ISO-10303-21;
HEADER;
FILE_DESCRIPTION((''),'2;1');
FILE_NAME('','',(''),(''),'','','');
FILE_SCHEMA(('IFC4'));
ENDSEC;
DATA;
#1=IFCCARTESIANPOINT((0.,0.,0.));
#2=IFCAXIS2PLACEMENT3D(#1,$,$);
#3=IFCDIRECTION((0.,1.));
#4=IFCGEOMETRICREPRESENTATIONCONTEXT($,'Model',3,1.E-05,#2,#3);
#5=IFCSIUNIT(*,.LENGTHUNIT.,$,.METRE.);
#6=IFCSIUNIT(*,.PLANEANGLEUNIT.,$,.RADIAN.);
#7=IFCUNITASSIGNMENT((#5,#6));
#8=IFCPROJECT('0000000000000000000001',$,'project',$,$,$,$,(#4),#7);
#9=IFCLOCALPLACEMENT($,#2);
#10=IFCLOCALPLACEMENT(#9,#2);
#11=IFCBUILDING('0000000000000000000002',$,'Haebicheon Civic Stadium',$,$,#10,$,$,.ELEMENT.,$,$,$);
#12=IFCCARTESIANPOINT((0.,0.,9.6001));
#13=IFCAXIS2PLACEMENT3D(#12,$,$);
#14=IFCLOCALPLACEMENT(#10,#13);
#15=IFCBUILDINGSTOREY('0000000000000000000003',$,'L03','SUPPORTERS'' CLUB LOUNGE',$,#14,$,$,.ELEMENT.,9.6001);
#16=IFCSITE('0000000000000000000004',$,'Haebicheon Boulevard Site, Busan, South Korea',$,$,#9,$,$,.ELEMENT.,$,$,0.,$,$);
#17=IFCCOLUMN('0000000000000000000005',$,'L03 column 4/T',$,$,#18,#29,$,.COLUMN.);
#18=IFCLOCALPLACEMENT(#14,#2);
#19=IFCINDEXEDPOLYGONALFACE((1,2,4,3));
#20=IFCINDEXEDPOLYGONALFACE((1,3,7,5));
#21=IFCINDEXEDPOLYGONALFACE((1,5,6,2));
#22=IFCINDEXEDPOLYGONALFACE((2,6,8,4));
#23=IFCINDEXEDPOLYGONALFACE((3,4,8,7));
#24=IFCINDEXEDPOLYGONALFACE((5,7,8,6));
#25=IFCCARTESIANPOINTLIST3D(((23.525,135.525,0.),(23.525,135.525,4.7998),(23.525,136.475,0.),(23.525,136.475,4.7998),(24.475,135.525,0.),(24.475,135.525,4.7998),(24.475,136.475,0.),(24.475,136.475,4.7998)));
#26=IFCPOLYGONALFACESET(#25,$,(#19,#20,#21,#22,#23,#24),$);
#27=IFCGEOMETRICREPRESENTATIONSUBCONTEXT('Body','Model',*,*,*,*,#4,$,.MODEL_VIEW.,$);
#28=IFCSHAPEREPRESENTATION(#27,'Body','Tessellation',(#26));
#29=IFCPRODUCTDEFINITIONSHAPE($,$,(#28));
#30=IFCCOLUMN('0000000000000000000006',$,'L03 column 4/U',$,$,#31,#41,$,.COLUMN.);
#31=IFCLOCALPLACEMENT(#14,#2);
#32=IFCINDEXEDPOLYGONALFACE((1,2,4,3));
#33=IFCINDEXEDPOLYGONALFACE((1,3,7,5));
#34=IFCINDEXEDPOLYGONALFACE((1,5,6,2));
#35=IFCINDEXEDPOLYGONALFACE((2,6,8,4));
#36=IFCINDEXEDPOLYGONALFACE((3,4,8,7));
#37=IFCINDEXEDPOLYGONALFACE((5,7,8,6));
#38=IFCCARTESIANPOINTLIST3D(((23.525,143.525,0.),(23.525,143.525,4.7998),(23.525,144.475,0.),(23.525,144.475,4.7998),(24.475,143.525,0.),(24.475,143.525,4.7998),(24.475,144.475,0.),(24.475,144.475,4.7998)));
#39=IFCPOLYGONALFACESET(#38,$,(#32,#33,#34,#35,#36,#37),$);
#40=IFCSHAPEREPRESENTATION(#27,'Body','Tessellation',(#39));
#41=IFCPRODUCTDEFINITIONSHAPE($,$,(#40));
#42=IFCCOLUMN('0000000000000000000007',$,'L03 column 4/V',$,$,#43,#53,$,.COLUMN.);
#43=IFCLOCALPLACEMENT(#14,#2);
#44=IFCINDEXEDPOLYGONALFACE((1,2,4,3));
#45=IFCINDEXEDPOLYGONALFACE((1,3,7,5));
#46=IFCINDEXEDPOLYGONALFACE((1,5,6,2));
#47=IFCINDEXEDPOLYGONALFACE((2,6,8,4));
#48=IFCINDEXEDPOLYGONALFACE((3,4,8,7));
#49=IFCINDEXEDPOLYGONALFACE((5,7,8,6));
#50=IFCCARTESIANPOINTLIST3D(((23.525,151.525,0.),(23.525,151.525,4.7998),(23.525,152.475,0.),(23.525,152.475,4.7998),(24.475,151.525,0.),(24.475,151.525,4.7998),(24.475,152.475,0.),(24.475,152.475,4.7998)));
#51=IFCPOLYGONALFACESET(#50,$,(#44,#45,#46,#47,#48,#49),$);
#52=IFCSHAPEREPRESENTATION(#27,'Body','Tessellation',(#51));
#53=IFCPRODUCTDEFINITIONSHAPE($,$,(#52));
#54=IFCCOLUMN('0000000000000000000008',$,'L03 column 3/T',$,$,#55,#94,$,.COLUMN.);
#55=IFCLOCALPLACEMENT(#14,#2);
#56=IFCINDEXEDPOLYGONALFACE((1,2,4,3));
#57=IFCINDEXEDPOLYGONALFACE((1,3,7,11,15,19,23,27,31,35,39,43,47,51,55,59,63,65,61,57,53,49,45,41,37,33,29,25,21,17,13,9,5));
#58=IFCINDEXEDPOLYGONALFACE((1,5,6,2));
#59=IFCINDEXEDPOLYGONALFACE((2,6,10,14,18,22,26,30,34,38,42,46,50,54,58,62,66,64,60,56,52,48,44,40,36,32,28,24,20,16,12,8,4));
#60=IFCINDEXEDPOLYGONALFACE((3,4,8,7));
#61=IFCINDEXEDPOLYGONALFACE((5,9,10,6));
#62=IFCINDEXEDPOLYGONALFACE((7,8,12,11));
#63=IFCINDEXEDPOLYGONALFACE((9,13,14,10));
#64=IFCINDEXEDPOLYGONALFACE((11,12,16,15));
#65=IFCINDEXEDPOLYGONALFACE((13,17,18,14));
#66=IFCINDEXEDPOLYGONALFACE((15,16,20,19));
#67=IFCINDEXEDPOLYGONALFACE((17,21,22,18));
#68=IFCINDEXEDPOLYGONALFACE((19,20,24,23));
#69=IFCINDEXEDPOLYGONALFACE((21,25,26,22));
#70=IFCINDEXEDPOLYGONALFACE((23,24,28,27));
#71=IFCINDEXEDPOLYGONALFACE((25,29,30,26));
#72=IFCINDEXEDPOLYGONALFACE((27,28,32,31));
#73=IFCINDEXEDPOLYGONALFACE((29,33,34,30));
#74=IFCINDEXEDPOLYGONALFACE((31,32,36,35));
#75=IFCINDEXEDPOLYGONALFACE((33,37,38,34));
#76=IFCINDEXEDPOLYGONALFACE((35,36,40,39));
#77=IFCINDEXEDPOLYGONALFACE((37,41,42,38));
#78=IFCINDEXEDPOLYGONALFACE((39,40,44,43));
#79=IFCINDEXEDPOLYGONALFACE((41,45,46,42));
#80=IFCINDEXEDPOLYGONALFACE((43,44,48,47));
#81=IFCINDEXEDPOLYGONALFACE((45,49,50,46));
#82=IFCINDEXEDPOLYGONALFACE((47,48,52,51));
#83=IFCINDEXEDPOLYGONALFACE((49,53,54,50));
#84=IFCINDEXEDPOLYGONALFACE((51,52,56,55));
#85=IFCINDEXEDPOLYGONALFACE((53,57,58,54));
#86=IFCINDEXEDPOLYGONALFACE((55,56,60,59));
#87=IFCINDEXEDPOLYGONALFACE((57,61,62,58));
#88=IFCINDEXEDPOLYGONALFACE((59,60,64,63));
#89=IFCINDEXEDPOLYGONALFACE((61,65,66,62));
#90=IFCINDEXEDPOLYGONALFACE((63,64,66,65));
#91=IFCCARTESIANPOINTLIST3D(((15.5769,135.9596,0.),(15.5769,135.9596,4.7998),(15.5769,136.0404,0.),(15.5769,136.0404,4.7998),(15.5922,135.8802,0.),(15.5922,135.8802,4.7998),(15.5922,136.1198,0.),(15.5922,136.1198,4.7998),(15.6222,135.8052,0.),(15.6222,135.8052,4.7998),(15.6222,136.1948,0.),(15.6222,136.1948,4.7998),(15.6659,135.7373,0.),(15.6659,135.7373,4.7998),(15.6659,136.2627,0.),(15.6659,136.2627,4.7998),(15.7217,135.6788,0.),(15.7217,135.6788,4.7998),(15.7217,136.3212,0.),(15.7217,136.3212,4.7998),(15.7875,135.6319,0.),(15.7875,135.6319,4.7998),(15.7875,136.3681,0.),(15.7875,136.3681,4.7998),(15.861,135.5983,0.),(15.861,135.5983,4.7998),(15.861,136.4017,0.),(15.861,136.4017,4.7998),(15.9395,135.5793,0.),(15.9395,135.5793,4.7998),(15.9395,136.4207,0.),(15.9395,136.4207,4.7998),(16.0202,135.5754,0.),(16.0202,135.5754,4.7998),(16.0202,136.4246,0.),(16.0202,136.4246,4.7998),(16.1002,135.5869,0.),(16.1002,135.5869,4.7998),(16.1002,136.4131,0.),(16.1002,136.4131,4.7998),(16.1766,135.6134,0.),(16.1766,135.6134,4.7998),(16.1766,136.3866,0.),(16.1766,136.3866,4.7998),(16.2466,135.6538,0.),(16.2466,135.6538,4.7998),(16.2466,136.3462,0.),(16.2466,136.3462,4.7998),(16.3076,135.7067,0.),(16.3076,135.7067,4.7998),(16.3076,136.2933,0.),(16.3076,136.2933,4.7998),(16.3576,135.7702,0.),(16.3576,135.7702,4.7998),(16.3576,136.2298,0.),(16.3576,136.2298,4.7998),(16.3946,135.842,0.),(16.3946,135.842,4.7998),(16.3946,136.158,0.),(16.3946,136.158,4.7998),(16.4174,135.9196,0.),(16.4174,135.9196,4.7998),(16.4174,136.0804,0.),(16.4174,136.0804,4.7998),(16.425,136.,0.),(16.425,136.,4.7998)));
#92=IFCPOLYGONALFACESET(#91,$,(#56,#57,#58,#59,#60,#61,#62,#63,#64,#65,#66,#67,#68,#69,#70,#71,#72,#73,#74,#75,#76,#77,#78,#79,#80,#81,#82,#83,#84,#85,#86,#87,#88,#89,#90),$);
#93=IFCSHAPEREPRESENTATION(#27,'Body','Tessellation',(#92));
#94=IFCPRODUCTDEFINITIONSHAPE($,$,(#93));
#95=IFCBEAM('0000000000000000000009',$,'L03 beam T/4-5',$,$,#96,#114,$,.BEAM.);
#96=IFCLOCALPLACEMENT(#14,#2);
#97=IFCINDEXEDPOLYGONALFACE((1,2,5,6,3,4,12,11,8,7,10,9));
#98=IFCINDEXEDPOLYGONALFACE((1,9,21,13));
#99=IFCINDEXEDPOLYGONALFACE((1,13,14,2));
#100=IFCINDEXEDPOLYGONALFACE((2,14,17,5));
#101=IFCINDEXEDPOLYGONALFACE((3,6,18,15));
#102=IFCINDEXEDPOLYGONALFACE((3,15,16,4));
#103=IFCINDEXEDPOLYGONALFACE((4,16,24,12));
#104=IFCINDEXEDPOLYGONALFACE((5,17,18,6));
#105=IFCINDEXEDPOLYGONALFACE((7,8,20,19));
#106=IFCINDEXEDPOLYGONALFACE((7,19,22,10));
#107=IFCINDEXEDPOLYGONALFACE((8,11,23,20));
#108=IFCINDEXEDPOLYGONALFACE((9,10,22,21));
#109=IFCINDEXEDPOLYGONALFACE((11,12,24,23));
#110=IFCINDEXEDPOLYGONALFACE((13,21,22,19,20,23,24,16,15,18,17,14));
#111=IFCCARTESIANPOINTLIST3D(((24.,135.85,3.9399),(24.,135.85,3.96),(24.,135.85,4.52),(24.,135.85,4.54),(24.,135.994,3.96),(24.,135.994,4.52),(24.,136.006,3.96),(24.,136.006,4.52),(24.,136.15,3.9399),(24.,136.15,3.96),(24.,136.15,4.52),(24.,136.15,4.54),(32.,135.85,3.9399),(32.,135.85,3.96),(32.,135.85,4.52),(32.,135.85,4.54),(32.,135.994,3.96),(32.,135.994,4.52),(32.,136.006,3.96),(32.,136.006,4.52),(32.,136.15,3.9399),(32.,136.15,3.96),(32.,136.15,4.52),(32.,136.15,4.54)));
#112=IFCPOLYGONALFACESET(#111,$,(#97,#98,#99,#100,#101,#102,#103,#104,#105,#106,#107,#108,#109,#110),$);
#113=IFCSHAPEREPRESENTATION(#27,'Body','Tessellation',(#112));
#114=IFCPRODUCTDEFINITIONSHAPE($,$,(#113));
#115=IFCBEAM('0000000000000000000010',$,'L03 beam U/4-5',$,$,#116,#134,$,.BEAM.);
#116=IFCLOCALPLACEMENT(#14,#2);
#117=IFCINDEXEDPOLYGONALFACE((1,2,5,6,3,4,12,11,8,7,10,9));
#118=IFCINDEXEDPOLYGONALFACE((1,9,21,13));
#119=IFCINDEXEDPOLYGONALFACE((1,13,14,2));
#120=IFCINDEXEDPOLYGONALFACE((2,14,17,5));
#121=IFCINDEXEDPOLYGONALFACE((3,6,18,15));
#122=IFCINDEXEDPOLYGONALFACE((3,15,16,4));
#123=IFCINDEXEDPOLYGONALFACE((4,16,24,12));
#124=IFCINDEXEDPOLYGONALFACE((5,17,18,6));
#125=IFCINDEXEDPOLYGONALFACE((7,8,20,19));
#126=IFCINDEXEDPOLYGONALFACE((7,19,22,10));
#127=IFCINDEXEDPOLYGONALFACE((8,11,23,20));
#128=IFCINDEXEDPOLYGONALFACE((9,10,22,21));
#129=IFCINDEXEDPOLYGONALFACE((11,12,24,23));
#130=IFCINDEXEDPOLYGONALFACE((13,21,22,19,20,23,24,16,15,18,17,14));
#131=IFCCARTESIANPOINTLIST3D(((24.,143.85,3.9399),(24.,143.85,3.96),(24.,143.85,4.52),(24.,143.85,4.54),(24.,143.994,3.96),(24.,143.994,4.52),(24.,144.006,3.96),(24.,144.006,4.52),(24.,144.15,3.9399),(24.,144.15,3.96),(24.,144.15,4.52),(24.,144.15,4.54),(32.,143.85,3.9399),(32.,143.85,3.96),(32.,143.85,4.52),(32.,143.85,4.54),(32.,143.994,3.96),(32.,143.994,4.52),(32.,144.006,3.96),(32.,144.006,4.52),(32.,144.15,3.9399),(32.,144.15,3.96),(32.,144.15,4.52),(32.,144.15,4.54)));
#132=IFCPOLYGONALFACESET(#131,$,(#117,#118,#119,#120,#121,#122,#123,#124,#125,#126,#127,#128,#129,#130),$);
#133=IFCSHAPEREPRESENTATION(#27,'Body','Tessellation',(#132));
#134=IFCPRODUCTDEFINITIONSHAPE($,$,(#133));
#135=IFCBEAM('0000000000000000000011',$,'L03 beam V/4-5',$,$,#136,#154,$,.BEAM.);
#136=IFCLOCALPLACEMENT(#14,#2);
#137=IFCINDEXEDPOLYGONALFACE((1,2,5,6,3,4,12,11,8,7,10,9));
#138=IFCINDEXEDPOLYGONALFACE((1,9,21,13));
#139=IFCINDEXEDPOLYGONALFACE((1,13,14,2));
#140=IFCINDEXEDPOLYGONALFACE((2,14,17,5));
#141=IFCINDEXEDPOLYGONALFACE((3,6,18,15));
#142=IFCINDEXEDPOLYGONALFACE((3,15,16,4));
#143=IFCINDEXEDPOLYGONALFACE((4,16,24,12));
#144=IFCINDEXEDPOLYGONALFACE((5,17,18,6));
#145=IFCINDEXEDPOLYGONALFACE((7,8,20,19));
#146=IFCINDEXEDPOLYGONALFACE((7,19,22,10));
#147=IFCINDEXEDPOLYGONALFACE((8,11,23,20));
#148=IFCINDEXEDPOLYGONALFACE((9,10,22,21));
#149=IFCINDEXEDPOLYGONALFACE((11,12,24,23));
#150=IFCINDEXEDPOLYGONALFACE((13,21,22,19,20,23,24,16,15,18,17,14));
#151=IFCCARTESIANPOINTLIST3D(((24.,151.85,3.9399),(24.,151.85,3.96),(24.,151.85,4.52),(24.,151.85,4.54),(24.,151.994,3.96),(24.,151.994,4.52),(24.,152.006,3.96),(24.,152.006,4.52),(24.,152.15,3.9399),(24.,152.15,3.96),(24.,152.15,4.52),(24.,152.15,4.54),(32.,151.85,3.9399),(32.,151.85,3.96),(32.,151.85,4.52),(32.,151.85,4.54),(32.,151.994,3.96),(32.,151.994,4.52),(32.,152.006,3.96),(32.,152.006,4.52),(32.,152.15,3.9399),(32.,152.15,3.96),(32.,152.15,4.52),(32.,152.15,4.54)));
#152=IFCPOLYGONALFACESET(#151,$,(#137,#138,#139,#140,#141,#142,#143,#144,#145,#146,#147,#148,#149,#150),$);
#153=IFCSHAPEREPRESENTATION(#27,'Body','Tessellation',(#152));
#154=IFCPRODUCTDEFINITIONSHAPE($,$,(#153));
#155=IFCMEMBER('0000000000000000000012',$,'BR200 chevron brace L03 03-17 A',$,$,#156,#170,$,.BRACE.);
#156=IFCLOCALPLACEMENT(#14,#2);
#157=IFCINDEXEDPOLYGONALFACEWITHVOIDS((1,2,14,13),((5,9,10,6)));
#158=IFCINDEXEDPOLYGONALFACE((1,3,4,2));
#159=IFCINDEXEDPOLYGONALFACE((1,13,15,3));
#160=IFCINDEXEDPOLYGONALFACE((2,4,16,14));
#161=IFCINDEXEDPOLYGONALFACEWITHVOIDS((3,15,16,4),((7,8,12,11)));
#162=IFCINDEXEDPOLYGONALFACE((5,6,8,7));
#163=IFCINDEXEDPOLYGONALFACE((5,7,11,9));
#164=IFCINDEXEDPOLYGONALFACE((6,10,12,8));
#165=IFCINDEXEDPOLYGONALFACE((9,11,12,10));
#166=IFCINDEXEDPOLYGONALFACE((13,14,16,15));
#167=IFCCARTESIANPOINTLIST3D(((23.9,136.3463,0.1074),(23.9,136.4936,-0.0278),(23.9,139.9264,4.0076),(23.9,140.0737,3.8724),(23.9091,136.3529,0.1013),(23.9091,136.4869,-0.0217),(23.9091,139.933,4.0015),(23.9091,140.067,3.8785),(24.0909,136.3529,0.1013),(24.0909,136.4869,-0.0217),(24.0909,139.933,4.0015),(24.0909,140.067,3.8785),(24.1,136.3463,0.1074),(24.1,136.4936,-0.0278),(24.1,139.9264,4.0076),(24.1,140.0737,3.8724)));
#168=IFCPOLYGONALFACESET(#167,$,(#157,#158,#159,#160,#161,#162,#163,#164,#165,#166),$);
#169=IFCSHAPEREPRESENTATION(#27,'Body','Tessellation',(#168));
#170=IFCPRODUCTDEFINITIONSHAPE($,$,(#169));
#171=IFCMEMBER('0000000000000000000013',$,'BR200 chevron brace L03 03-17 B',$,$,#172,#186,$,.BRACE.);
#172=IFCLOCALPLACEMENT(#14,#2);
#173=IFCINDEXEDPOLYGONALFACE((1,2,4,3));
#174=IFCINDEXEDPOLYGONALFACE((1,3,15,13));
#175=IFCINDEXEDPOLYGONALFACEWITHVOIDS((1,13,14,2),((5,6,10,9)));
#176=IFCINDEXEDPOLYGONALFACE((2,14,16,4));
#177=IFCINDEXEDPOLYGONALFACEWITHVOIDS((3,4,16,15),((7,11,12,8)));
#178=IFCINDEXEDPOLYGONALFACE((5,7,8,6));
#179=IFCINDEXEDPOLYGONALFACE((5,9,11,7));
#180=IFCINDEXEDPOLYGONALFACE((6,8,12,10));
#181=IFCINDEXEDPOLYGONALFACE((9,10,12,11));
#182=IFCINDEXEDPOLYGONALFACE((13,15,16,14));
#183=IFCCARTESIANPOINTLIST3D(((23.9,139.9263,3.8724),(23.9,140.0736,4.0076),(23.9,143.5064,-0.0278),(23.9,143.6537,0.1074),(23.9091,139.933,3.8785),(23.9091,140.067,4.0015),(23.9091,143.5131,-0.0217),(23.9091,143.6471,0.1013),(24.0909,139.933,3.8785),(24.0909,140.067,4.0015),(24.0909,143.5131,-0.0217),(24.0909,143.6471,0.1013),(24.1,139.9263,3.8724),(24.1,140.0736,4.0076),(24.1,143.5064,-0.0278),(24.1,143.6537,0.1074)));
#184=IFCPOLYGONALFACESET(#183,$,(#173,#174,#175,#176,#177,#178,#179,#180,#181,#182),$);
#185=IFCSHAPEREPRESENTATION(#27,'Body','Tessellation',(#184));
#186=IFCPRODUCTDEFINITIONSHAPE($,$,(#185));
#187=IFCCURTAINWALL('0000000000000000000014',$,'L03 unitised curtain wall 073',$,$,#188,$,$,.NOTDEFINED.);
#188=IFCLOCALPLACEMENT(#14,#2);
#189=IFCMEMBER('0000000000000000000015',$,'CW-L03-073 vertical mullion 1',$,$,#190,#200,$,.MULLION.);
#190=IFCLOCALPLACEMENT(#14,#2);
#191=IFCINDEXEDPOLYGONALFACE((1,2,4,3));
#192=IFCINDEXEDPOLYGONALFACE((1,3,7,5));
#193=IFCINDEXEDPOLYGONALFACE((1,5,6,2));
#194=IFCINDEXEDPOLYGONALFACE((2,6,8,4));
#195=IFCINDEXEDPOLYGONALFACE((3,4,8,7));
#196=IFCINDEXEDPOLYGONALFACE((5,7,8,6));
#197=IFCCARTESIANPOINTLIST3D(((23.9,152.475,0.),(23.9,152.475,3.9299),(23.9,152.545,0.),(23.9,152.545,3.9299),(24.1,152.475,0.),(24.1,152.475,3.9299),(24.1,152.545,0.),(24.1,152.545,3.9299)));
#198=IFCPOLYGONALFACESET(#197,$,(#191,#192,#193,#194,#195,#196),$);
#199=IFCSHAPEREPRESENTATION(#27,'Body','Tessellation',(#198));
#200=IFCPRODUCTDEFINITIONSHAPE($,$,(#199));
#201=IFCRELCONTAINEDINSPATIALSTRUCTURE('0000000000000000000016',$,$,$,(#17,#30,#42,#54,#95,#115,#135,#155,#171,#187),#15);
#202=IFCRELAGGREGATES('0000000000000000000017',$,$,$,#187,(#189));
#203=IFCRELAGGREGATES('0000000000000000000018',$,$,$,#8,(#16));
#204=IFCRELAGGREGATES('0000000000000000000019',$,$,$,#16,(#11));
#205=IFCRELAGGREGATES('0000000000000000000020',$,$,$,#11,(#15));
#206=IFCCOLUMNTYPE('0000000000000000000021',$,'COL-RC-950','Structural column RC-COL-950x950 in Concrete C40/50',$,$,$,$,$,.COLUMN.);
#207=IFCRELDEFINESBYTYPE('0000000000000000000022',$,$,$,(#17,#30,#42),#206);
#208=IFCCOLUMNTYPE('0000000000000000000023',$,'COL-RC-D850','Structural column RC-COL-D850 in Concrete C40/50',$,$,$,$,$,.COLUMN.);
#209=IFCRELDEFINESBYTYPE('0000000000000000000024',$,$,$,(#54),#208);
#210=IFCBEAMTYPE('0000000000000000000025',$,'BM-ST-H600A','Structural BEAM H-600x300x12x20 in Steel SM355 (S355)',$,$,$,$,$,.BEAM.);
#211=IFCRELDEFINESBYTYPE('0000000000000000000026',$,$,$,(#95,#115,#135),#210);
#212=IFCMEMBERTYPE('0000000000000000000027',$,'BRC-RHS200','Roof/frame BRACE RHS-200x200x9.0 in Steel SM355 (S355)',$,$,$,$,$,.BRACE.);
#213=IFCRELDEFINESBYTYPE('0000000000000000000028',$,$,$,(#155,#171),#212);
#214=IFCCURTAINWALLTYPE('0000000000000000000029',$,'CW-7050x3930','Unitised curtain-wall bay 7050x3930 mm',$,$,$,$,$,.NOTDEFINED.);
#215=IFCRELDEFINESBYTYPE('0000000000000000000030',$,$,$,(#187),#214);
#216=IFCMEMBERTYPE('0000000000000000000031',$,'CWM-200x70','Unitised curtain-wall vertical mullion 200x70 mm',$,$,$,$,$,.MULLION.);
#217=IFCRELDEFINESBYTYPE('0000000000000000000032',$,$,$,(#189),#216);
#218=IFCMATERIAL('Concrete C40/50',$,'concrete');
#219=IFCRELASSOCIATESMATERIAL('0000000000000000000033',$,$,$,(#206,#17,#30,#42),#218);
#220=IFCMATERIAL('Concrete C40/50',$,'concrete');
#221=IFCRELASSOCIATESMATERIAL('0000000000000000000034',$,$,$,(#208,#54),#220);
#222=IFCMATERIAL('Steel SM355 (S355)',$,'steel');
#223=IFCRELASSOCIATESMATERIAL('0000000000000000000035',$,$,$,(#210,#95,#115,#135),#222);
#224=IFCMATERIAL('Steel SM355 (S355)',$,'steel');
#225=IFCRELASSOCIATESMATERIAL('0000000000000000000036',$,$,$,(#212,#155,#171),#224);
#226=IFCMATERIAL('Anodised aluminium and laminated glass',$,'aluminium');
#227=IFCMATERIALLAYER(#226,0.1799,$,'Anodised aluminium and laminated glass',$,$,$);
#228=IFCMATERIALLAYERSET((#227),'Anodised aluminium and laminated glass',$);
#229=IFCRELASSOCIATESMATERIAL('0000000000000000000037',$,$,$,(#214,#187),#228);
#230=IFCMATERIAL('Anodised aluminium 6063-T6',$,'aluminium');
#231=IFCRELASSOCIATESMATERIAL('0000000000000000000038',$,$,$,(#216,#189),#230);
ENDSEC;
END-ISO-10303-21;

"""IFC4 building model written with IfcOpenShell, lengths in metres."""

from ifc_helpers import new_model, si_unit, direction, frame, origin, origin_2d, place, context, subcontext, project, spatial, rectangle, hollow_rectangle, circle, i_section, extrude, material, layer, layer_set, material_profile, profile_set, type_object, element, aggregate, save


model = new_model("IFC4")

# Units and contexts
model_context = context("Model", 3, precision=1e-05, world=origin(), true_north=direction((0.0, 1.0)))
body_context = subcontext(model_context, "Body", "Model", "MODEL_VIEW")
ifc_project = project(units=[si_unit("LENGTHUNIT", "METRE"), si_unit("PLANEANGLEUNIT", "RADIAN")], contexts=[model_context])

# Site, building, storey
site_placement = place(None, origin())
site = spatial("IfcSite", under=ifc_project, at=site_placement, Name="Haebicheon Boulevard Site, Busan, South Korea", CompositionType="ELEMENT", RefElevation=0.0)
building_placement = place(site_placement, origin())
building = spatial("IfcBuilding", under=site, at=building_placement, Name="Haebicheon Civic Stadium", CompositionType="ELEMENT")
storey_placement = place(building_placement, frame((0.0, 0.0, 9.6001)))
storey = spatial("IfcBuildingStorey", under=building, at=storey_placement, Name="L03", Description="SUPPORTERS' CLUB LOUNGE", CompositionType="ELEMENT", Elevation=9.6001)

# Columns
ifc_material_1 = material(Name="Concrete C40/50", Category="concrete")
ifc_material_profile_1 = material_profile(ifc_material_1, rectangle(XDim=0.95, YDim=0.95, at=origin_2d()), Name="RC-COL-950x950")
ifc_profile_set_1 = profile_set([ifc_material_profile_1], Name="Concrete C40/50")
column_type_1 = type_object("IfcColumnType", Name="COL-RC-950", Description="Structural column RC-COL-950x950 in Concrete C40/50", PredefinedType="COLUMN", material=ifc_profile_set_1)
for number, where, z_axis, x_axis, name in (
    (1, (24.0, 136.0, 0.0), (0.0, 0.0, 1.0), (1.0, 0.0, 0.0), "L03 column 4/T"),
    (2, (24.0, 144.0, 0.0), (0.0, 0.0, 1.0), (1.0, 0.0, 0.0), "L03 column 4/U"),
    (3, (24.0, 152.0, 0.0), (0.0, 0.0, 1.0), (1.0, 0.0, 0.0), "L03 column 4/V"),
):
    element("IfcColumn", number, at=place(storey_placement, frame(where, z_axis=z_axis, x_axis=x_axis)), inside=storey, type_object=column_type_1, material=ifc_profile_set_1, Name=name, PredefinedType="COLUMN", context=body_context, shape_type="SweptSolid", body=[
        extrude(rectangle(XDim=0.95, YDim=0.95, at=origin_2d()), origin(), (0.0, 0.0, 1.0), 4.7998),
    ])
ifc_material_2 = material(Name="Concrete C40/50", Category="concrete")
ifc_material_profile_2 = material_profile(ifc_material_2, circle(Radius=0.425, at=origin_2d()), Name="RC-COL-D850")
ifc_profile_set_2 = profile_set([ifc_material_profile_2], Name="Concrete C40/50")
column_type_2 = type_object("IfcColumnType", Name="COL-RC-D850", Description="Structural column RC-COL-D850 in Concrete C40/50", PredefinedType="COLUMN", material=ifc_profile_set_2)
column_placement = place(storey_placement, frame((16.0, 136.0, 0.0), z_axis=(0.0, 0.0, 1.0), x_axis=(1.0, 0.0, 0.0)))
element("IfcColumn", 4, at=column_placement, inside=storey, type_object=column_type_2, material=ifc_profile_set_2, Name="L03 column 3/T", PredefinedType="COLUMN", context=body_context, shape_type="SweptSolid", body=[
    extrude(circle(Radius=0.425, at=origin_2d()), origin(), (0.0, 0.0, 1.0), 4.7998),
])

# Beams
ifc_material_3 = material(Name="Steel SM355 (S355)", Category="steel")
ifc_material_profile_3 = material_profile(ifc_material_3, i_section(OverallWidth=0.3, OverallDepth=0.6001, WebThickness=0.012, FlangeThickness=0.02, at=origin_2d()), Name="H-600x300x12x20")
ifc_profile_set_3 = profile_set([ifc_material_profile_3], Name="Steel SM355 (S355)")
beam_type_1 = type_object("IfcBeamType", Name="BM-ST-H600A", Description="Structural BEAM H-600x300x12x20 in Steel SM355 (S355)", PredefinedType="BEAM", material=ifc_profile_set_3)
for number, where, z_axis, x_axis, name in (
    (5, (24.0, 136.0, 4.24), (1.0, 0.0, 0.0), (0.0, 1.0, 0.0), "L03 beam T/4-5"),
    (6, (24.0, 144.0, 4.24), (1.0, 0.0, 0.0), (0.0, 1.0, 0.0), "L03 beam U/4-5"),
    (7, (24.0, 152.0, 4.24), (1.0, 0.0, 0.0), (0.0, 1.0, 0.0), "L03 beam V/4-5"),
):
    element("IfcBeam", number, at=place(storey_placement, frame(where, z_axis=z_axis, x_axis=x_axis)), inside=storey, type_object=beam_type_1, material=ifc_profile_set_3, Name=name, PredefinedType="BEAM", context=body_context, shape_type="SweptSolid", body=[
        extrude(i_section(OverallWidth=0.3, OverallDepth=0.6001, WebThickness=0.012, FlangeThickness=0.02, at=origin_2d()), origin(), (0.0, 0.0, 1.0), 8.0),
    ])

# Members
ifc_material_4 = material(Name="Steel SM355 (S355)", Category="steel")
ifc_material_profile_4 = material_profile(ifc_material_4, hollow_rectangle(XDim=0.2, YDim=0.2, WallThickness=0.009, at=origin_2d()), Name="RHS-200x200x9.0")
ifc_profile_set_4 = profile_set([ifc_material_profile_4], Name="Steel SM355 (S355)")
member_type_1 = type_object("IfcMemberType", Name="BRC-RHS200", Description="Roof/frame BRACE RHS-200x200x9.0 in Steel SM355 (S355)", PredefinedType="BRACE", material=ifc_profile_set_4)
for number, where, z_axis, x_axis, name in (
    (8, (24.0, 136.4199, 0.0398), (0.0, 0.676232, 0.736689), (-1.0, 0.0, 0.0), "BR200 chevron brace L03 03-17 A"),
    (9, (24.0, 143.5801, 0.0398), (0.0, -0.676232, 0.736689), (1.0, 0.0, 0.0), "BR200 chevron brace L03 03-17 B"),
):
    element("IfcMember", number, at=place(storey_placement, frame(where, z_axis=z_axis, x_axis=x_axis)), inside=storey, type_object=member_type_1, material=ifc_profile_set_4, Name=name, PredefinedType="BRACE", context=body_context, shape_type="SweptSolid", body=[
        extrude(hollow_rectangle(XDim=0.2, YDim=0.2, WallThickness=0.009, at=origin_2d()), origin(), (0.0, 0.0, 1.0), 5.2942),
    ])

# Curtain wall, member
ifc_material_5 = material(Name="Anodised aluminium and laminated glass", Category="aluminium")
ifc_layer_1 = layer(ifc_material_5, 0.1799, Name="Anodised aluminium and laminated glass")
ifc_layer_set_1 = layer_set([ifc_layer_1], Name="Anodised aluminium and laminated glass")
curtain_wall_type = type_object("IfcCurtainWallType", Name="CW-7050x3930", Description="Unitised curtain-wall bay 7050x3930 mm", PredefinedType="NOTDEFINED", material=ifc_layer_set_1)
curtain_wall_placement = place(storey_placement, origin())
curtain_wall = element("IfcCurtainWall", 10, at=curtain_wall_placement, inside=storey, type_object=curtain_wall_type, material=ifc_layer_set_1, Name="L03 unitised curtain wall 073", PredefinedType="NOTDEFINED")
ifc_material_6 = material(Name="Anodised aluminium 6063-T6", Category="aluminium")
ifc_material_profile_5 = material_profile(ifc_material_6, rectangle(XDim=0.0701, YDim=0.2, at=origin_2d()), Name="ALU-MULL-70x200")
ifc_profile_set_5 = profile_set([ifc_material_profile_5], Name="Anodised aluminium 6063-T6")
member_type_2 = type_object("IfcMemberType", Name="CWM-200x70", Description="Unitised curtain-wall vertical mullion 200x70 mm", PredefinedType="MULLION", material=ifc_profile_set_5)
member_1_placement = place(storey_placement, frame((24.0, 152.51, 0.0), z_axis=(0.0, 0.0, 1.0), x_axis=(0.0, 1.0, 0.0)))
member_1 = element("IfcMember", 11, at=member_1_placement, type_object=member_type_2, material=ifc_profile_set_5, Name="CW-L03-073 vertical mullion 1", PredefinedType="MULLION", context=body_context, shape_type="SweptSolid", body=[
    extrude(rectangle(XDim=0.0701, YDim=0.2, at=origin_2d()), origin(), (0.0, 0.0, 1.0), 3.9299),
])
aggregate(curtain_wall, [member_1])

save(model, "model.ifc")
